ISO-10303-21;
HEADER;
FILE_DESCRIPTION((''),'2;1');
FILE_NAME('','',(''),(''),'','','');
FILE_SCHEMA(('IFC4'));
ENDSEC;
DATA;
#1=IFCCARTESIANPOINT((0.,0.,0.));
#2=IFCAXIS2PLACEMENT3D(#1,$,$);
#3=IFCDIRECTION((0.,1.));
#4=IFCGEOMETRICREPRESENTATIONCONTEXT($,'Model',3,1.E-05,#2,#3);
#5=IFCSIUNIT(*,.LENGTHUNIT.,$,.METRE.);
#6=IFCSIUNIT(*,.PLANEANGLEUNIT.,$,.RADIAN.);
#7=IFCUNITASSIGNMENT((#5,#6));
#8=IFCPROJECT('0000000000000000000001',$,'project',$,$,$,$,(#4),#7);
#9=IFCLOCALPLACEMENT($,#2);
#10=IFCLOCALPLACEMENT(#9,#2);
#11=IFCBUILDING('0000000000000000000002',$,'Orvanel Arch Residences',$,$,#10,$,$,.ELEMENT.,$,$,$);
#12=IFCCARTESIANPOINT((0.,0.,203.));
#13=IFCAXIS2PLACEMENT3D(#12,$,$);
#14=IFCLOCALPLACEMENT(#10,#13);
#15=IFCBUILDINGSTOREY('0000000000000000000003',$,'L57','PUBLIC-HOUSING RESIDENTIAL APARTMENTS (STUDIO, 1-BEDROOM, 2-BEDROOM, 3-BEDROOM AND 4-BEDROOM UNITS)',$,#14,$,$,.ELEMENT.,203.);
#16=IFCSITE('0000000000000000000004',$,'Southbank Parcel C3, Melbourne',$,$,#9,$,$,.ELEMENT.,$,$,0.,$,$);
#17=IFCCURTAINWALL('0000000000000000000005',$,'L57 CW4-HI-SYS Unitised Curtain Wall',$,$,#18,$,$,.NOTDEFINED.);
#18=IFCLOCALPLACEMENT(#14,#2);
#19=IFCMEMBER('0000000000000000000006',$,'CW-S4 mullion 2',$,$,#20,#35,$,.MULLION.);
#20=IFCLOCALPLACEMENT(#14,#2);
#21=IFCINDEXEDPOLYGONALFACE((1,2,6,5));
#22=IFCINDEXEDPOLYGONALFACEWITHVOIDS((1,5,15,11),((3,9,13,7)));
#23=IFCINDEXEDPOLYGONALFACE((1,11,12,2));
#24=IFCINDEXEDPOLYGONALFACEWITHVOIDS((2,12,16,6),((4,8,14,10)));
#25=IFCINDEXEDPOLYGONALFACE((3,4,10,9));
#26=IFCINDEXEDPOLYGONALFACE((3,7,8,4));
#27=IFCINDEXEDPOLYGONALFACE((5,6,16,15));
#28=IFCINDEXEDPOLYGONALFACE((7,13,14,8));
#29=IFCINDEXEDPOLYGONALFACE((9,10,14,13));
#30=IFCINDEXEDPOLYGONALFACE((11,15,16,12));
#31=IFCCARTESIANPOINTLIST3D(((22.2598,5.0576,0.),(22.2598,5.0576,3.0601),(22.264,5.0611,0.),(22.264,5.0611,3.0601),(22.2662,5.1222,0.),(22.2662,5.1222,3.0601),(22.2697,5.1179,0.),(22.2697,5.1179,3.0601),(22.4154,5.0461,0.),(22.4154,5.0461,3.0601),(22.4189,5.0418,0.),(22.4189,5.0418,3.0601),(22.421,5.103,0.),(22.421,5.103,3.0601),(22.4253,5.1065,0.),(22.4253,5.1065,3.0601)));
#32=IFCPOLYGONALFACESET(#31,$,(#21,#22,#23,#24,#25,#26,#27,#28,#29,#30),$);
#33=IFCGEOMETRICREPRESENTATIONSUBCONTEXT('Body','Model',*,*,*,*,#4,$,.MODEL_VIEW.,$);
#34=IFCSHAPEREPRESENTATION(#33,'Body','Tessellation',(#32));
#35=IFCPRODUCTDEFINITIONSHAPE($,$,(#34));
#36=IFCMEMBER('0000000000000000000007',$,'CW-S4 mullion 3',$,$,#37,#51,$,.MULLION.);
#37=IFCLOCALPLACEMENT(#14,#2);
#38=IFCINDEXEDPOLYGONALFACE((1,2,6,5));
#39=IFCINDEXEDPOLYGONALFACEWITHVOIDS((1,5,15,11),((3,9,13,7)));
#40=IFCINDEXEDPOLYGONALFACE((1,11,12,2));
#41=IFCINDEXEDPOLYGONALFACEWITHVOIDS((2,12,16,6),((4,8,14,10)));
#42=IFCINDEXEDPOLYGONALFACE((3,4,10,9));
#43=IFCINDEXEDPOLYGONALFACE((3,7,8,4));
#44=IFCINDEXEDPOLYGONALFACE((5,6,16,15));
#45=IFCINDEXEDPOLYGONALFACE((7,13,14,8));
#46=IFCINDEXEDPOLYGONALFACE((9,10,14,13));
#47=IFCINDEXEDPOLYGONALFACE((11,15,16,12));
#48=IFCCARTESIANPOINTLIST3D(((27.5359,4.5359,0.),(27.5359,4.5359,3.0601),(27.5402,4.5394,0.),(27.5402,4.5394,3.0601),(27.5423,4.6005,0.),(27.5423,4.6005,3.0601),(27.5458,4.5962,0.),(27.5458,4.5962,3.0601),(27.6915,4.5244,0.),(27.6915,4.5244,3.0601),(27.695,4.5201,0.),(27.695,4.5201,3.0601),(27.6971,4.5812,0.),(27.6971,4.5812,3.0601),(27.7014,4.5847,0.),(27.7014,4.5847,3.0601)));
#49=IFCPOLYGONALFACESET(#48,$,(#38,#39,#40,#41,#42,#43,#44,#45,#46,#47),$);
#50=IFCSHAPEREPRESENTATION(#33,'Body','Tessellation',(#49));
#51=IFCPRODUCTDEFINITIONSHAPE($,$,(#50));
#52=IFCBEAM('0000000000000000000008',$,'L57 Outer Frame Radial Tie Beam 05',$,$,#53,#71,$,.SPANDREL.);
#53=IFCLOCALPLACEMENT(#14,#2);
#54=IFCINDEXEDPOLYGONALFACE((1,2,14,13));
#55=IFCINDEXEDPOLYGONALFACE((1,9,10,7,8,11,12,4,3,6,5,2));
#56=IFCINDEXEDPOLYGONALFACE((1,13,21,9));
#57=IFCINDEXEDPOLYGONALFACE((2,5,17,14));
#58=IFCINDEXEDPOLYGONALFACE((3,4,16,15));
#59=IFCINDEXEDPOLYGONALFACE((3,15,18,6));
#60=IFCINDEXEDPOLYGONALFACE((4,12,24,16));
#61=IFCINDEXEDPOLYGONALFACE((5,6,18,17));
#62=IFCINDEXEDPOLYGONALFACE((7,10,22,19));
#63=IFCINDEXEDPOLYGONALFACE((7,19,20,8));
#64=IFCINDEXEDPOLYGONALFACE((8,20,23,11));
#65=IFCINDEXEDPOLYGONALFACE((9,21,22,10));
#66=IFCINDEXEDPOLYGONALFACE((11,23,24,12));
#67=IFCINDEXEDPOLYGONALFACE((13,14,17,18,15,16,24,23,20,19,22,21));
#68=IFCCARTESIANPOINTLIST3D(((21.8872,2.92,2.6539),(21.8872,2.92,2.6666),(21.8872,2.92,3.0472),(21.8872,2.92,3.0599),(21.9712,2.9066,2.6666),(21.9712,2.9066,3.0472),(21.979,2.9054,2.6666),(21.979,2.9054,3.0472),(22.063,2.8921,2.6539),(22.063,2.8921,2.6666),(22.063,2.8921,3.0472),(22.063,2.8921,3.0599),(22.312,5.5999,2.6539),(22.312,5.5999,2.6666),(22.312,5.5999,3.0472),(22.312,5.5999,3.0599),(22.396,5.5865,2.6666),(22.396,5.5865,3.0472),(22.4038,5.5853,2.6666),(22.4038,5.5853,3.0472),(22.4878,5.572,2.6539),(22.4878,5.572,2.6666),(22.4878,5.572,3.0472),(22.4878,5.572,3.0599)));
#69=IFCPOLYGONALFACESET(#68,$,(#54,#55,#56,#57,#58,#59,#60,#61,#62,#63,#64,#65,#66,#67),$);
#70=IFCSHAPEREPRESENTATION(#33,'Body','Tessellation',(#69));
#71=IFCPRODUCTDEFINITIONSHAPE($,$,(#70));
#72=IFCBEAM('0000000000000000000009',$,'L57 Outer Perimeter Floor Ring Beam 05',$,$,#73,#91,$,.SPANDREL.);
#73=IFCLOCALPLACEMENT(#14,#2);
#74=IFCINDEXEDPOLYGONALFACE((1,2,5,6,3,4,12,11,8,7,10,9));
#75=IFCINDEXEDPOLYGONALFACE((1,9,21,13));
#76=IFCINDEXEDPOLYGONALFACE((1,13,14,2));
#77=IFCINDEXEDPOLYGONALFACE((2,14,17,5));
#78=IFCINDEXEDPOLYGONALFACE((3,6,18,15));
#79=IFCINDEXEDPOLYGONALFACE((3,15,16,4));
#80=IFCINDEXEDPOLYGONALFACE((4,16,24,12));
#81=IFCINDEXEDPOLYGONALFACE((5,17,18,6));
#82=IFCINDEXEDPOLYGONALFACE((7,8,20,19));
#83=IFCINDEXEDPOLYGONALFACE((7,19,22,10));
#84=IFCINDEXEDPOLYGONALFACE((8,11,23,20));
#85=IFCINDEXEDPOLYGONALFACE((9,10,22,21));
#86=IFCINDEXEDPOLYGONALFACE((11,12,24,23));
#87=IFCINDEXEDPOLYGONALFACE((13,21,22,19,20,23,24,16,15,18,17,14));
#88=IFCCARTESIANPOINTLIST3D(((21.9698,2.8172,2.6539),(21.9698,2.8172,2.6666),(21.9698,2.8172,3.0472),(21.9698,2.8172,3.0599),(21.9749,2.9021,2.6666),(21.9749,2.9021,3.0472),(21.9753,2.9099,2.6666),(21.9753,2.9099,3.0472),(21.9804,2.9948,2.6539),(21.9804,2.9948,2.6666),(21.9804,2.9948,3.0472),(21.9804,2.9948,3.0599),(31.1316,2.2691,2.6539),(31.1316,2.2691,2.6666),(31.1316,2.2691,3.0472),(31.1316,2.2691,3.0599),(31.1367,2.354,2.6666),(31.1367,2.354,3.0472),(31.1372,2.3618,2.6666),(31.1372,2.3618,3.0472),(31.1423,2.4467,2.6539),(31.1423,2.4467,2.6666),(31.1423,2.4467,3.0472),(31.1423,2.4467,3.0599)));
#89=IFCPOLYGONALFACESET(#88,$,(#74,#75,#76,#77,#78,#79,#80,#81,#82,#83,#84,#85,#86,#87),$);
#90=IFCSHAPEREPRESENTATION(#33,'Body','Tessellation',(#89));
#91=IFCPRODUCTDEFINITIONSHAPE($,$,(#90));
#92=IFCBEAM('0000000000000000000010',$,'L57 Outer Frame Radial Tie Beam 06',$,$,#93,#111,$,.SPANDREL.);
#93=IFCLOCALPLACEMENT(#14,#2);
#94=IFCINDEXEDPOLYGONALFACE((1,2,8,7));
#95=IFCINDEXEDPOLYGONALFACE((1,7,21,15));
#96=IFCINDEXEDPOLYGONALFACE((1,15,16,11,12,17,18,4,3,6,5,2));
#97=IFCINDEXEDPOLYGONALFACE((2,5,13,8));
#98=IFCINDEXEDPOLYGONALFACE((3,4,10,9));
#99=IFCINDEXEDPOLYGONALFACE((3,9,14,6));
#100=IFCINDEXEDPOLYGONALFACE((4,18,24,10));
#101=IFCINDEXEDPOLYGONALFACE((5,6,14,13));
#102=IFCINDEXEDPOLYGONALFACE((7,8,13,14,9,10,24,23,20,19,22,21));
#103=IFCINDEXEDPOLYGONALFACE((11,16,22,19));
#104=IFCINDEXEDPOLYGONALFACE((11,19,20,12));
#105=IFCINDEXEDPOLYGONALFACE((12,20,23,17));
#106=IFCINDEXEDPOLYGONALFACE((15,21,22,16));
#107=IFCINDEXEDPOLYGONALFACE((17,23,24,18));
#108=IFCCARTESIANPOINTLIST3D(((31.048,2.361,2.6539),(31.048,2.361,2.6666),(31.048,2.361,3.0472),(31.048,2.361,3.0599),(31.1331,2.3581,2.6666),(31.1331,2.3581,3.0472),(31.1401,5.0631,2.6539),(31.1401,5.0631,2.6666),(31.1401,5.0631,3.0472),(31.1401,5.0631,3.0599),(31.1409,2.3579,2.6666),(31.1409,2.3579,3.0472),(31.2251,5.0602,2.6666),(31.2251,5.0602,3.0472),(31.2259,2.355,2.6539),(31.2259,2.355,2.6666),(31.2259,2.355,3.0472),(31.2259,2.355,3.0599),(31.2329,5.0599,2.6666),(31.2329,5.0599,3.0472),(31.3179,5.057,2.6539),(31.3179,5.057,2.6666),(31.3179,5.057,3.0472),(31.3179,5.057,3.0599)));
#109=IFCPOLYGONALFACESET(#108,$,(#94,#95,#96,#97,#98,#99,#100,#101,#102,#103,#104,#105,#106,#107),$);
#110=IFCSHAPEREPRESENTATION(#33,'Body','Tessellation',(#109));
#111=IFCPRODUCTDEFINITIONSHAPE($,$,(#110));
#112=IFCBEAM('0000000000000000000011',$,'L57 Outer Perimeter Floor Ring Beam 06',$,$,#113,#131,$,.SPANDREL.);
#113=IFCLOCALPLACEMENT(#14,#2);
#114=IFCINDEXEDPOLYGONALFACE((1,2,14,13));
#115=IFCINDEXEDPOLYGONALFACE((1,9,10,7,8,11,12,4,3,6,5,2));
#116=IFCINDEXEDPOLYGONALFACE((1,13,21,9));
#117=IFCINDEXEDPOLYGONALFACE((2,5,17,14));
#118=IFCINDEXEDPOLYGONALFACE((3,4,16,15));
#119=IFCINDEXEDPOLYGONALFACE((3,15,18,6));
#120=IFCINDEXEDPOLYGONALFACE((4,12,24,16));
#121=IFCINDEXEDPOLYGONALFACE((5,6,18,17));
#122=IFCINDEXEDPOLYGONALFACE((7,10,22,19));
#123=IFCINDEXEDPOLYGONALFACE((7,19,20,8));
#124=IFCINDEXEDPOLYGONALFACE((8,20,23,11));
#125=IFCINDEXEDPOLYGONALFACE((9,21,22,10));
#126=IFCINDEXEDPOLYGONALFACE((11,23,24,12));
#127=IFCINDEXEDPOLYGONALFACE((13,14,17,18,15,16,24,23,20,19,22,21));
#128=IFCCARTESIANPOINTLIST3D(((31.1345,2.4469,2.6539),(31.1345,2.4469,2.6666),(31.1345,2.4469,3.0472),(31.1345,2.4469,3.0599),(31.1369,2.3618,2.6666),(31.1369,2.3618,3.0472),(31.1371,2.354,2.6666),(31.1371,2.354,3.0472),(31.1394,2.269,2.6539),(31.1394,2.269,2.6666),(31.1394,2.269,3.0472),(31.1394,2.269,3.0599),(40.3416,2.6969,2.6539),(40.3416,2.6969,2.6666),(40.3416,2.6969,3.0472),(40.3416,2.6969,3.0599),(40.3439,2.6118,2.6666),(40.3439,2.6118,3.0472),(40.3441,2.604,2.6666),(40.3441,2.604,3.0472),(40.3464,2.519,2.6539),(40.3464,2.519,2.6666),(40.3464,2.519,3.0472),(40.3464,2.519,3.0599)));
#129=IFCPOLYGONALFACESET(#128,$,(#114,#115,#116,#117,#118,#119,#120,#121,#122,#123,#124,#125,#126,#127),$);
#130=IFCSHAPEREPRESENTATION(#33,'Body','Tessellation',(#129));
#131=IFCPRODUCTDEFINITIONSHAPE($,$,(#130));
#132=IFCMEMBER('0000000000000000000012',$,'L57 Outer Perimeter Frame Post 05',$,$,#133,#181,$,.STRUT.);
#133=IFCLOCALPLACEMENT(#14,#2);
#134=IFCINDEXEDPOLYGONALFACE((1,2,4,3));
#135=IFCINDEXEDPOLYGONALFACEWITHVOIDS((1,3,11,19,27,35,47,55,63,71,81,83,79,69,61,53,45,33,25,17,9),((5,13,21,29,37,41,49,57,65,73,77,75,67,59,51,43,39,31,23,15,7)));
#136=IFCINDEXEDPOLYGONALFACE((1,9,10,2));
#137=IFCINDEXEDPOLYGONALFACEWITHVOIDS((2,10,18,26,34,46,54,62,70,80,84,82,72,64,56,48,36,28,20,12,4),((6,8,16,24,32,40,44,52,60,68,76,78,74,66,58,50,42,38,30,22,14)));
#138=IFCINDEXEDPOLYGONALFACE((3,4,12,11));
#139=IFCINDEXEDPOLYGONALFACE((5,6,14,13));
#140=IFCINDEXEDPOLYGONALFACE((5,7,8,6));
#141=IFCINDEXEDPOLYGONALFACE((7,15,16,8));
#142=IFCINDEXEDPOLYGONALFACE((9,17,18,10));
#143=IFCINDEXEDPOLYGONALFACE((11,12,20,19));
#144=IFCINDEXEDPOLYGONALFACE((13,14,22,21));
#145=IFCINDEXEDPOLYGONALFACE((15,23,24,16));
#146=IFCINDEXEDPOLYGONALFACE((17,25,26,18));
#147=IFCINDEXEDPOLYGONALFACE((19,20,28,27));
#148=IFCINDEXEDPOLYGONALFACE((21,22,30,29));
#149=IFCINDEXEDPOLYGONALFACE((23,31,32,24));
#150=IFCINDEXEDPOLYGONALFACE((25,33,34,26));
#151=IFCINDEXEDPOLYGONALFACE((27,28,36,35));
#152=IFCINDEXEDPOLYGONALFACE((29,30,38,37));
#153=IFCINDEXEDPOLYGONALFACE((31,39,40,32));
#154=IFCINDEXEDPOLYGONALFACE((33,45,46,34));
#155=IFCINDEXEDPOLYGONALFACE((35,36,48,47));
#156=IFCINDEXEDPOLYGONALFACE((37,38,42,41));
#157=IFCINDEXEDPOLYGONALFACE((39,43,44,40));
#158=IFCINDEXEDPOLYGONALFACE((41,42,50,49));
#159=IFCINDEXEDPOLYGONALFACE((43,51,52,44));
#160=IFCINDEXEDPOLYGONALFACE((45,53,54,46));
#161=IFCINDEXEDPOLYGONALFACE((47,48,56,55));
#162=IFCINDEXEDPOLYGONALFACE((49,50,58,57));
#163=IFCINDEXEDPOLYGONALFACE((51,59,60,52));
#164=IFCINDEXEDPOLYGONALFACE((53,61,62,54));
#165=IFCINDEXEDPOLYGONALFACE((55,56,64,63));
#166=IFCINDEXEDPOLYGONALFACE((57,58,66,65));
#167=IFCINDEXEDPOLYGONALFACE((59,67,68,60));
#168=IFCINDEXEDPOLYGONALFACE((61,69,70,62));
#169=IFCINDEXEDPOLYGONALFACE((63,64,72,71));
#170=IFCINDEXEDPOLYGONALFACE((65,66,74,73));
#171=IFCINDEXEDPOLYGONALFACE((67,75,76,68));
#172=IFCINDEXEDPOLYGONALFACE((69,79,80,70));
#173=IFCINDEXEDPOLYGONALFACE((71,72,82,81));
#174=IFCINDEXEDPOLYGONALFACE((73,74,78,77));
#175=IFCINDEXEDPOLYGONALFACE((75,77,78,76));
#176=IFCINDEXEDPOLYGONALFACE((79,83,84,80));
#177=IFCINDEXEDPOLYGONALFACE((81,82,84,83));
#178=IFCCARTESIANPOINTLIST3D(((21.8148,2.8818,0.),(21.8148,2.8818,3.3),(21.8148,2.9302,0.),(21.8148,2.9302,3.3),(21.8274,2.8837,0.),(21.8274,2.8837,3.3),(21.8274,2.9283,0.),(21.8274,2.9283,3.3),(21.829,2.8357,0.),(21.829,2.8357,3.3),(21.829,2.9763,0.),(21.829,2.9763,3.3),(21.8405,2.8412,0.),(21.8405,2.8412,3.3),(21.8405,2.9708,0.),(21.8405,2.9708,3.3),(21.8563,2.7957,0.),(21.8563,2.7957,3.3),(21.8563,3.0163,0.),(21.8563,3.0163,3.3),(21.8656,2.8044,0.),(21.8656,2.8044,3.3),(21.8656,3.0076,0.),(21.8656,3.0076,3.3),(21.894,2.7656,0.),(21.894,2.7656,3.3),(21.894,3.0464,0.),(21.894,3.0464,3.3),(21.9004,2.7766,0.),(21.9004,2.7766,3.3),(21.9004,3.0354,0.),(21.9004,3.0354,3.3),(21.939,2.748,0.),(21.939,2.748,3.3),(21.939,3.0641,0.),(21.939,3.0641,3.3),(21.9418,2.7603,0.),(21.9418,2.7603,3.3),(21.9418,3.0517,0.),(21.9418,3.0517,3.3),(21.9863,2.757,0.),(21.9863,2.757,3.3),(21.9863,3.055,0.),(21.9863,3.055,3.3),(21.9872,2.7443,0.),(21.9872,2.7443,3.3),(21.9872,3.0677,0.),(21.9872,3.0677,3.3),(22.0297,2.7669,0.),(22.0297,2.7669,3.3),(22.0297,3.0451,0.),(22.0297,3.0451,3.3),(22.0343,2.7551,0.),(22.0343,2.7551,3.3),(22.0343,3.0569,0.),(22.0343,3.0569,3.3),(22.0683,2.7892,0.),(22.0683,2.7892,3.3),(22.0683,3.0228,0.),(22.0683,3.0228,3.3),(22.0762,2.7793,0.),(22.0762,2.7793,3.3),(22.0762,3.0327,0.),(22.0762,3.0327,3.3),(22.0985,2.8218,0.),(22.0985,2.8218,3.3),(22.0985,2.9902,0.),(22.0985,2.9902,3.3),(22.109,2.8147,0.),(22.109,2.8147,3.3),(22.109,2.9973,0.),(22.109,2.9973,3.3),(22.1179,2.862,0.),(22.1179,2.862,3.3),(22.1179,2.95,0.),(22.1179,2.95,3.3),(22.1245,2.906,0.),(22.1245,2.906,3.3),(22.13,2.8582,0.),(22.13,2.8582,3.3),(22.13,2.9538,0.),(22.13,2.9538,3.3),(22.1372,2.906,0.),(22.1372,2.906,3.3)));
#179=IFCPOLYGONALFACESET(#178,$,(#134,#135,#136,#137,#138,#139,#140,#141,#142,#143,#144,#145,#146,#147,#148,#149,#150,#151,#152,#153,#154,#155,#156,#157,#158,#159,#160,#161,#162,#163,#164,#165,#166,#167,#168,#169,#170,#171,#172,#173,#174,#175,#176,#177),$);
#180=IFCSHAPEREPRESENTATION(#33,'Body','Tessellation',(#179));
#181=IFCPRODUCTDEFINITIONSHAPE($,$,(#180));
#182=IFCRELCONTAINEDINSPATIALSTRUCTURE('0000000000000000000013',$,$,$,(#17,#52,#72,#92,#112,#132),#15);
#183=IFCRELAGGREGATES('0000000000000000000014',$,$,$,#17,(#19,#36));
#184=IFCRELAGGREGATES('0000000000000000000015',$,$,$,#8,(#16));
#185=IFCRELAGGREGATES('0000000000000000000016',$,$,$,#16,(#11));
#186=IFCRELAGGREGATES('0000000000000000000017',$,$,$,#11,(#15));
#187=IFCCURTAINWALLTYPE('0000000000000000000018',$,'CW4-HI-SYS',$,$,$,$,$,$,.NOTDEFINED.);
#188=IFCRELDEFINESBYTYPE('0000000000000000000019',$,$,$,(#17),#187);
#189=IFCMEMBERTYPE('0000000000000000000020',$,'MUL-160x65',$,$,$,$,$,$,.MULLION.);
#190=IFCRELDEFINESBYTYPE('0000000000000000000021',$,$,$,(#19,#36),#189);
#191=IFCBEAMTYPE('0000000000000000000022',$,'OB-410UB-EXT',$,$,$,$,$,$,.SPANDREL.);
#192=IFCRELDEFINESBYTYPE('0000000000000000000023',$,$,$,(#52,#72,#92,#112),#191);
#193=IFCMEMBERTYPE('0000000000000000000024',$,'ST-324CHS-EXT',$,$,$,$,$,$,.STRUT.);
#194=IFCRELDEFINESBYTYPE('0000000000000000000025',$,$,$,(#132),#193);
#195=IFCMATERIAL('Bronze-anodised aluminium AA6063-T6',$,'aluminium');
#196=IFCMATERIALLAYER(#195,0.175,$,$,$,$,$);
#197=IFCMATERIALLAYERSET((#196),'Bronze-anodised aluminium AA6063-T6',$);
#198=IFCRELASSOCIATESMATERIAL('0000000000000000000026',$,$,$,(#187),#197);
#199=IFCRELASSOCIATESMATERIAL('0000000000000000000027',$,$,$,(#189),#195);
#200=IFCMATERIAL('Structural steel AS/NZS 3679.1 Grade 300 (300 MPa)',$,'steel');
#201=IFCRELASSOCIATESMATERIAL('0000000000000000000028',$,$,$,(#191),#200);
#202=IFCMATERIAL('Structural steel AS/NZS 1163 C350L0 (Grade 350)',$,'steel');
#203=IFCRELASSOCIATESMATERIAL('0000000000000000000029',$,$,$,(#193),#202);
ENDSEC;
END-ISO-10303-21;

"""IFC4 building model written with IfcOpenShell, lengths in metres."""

from ifc_helpers import new_model, si_unit, direction, frame, origin, origin_2d, place, context, subcontext, project, spatial, hollow_rectangle, hollow_circle, i_section, extrude, material, layer, layer_set, material_profile, profile_set, type_object, element, aggregate, save


model = new_model("IFC4")

# Units and contexts
model_context = context("Model", 3, precision=1e-05, world=origin(), true_north=direction((0.0, 1.0)))
body_context = subcontext(model_context, "Body", "Model", "MODEL_VIEW")
ifc_project = project(units=[si_unit("LENGTHUNIT", "METRE"), si_unit("PLANEANGLEUNIT", "RADIAN")], contexts=[model_context])

# Site, building, storey
site_placement = place(None, origin())
site = spatial("IfcSite", under=ifc_project, at=site_placement, Name="Southbank Parcel C3, Melbourne", CompositionType="ELEMENT", RefElevation=0.0)
building_placement = place(site_placement, origin())
building = spatial("IfcBuilding", under=site, at=building_placement, Name="Orvanel Arch Residences", CompositionType="ELEMENT")
storey_placement = place(building_placement, frame((0.0, 0.0, 203.0)))
storey = spatial("IfcBuildingStorey", under=building, at=storey_placement, Name="L57", Description="PUBLIC-HOUSING RESIDENTIAL APARTMENTS (STUDIO, 1-BEDROOM, 2-BEDROOM, 3-BEDROOM AND 4-BEDROOM UNITS)", CompositionType="ELEMENT", Elevation=203.0)

# Curtain wall, members
ifc_material_1 = material(Name="Bronze-anodised aluminium AA6063-T6", Category="aluminium")
ifc_layer_1 = layer(ifc_material_1, 0.175)
ifc_layer_set_1 = layer_set([ifc_layer_1], Name="Bronze-anodised aluminium AA6063-T6")
curtain_wall_type = type_object("IfcCurtainWallType", Name="CW4-HI-SYS", PredefinedType="NOTDEFINED", material=ifc_layer_set_1)
curtain_wall_placement = place(storey_placement, origin())
curtain_wall = element("IfcCurtainWall", 1, at=curtain_wall_placement, inside=storey, type_object=curtain_wall_type, Name="L57 CW4-HI-SYS Unitised Curtain Wall", PredefinedType="NOTDEFINED")
ifc_material_profile_1 = material_profile(ifc_material_1, hollow_rectangle(XDim=0.0649, YDim=0.1599, WallThickness=0.0039, at=origin_2d()), Name="ALU160x65x4")
ifc_profile_set_1 = profile_set([ifc_material_profile_1], Name="Bronze-anodised aluminium AA6063-T6")
member_type_1 = type_object("IfcMemberType", Name="MUL-160x65", PredefinedType="MULLION", material=ifc_profile_set_1)
member_1_placement = place(storey_placement, frame((22.3425, 5.082, 0.0), z_axis=(0.0, 0.0, 1.0), x_axis=(0.098418, 0.995145, 0.0)))
member_1 = element("IfcMember", 2, at=member_1_placement, type_object=member_type_1, Name="CW-S4 mullion 2", PredefinedType="MULLION", context=body_context, shape_type="SweptSolid", body=[
    extrude(hollow_rectangle(XDim=0.0649, YDim=0.1599, WallThickness=0.0039, at=origin_2d()), origin(), (0.0, 0.0, 1.0), 3.0601),
])
member_2_placement = place(storey_placement, frame((27.6187, 4.5603, 0.0), z_axis=(0.0, 0.0, 1.0), x_axis=(0.098418, 0.995145, 0.0)))
member_2 = element("IfcMember", 3, at=member_2_placement, type_object=member_type_1, Name="CW-S4 mullion 3", PredefinedType="MULLION", context=body_context, shape_type="SweptSolid", body=[
    extrude(hollow_rectangle(XDim=0.0649, YDim=0.1599, WallThickness=0.0039, at=origin_2d()), origin(), (0.0, 0.0, 1.0), 3.0601),
])

# Beams
ifc_material_2 = material(Name="Structural steel AS/NZS 3679.1 Grade 300 (300 MPa)", Category="steel")
ifc_material_profile_2 = material_profile(ifc_material_2, i_section(OverallWidth=0.178, OverallDepth=0.406, WebThickness=0.0078, FlangeThickness=0.0127, at=origin_2d()), Name="410UB59.7")
ifc_profile_set_2 = profile_set([ifc_material_profile_2], Name="Structural steel AS/NZS 3679.1 Grade 300 (300 MPa)")
beam_type = type_object("IfcBeamType", Name="OB-410UB-EXT", PredefinedType="SPANDREL", material=ifc_profile_set_2)
beam_1_placement = place(storey_placement, frame((22.3999, 5.5859, 2.8569), z_axis=(-0.156559, -0.987669, 0.0), x_axis=(0.987669, -0.156559, 0.0)))
element("IfcBeam", 4, at=beam_1_placement, inside=storey, type_object=beam_type, Name="L57 Outer Frame Radial Tie Beam 05", PredefinedType="SPANDREL", context=body_context, shape_type="SweptSolid", body=[
    extrude(i_section(OverallWidth=0.178, OverallDepth=0.406, WebThickness=0.0078, FlangeThickness=0.0127, at=origin_2d()), origin(), (0.0, 0.0, 1.0), 2.7134),
])
beam_2_placement = place(storey_placement, frame((21.9751, 2.906, 2.8569), z_axis=(0.998215, -0.059717, 0.0), x_axis=(0.059717, 0.998215, 0.0)))
element("IfcBeam", 5, at=beam_2_placement, inside=storey, type_object=beam_type, Name="L57 Outer Perimeter Floor Ring Beam 05", PredefinedType="SPANDREL", context=body_context, shape_type="SweptSolid", body=[
    extrude(i_section(OverallWidth=0.178, OverallDepth=0.406, WebThickness=0.0078, FlangeThickness=0.0127, at=origin_2d()), origin(), (0.0, 0.0, 1.0), 9.1782),
])
beam_3_placement = place(storey_placement, frame((31.229, 5.0601, 2.8569), z_axis=(-0.034042, -0.99942, 0.0), x_axis=(0.99942, -0.034042, 0.0)))
element("IfcBeam", 6, at=beam_3_placement, inside=storey, type_object=beam_type, Name="L57 Outer Frame Radial Tie Beam 06", PredefinedType="SPANDREL", context=body_context, shape_type="SweptSolid", body=[
    extrude(i_section(OverallWidth=0.178, OverallDepth=0.406, WebThickness=0.0078, FlangeThickness=0.0127, at=origin_2d()), origin(), (0.0, 0.0, 1.0), 2.7036),
])
beam_4_placement = place(storey_placement, frame((31.137, 2.3579, 2.8569), z_axis=(0.999632, 0.027143, 0.0), x_axis=(-0.027143, 0.999632, 0.0)))
element("IfcBeam", 7, at=beam_4_placement, inside=storey, type_object=beam_type, Name="L57 Outer Perimeter Floor Ring Beam 06", PredefinedType="SPANDREL", context=body_context, shape_type="SweptSolid", body=[
    extrude(i_section(OverallWidth=0.178, OverallDepth=0.406, WebThickness=0.0078, FlangeThickness=0.0127, at=origin_2d()), origin(), (0.0, 0.0, 1.0), 9.2104),
])

# Member
ifc_material_3 = material(Name="Structural steel AS/NZS 1163 C350L0 (Grade 350)", Category="steel")
ifc_material_profile_3 = material_profile(ifc_material_3, hollow_circle(Radius=0.1621, WallThickness=0.0127, at=origin_2d()), Name="CHS324x12.7")
ifc_profile_set_3 = profile_set([ifc_material_profile_3], Name="Structural steel AS/NZS 1163 C350L0 (Grade 350)")
member_type_2 = type_object("IfcMemberType", Name="ST-324CHS-EXT", PredefinedType="STRUT", material=ifc_profile_set_3)
for number, where, z_axis, x_axis, name in (
    (8, (21.9751, 2.906, 0.0), (0.0, 0.0, 1.0), (1.0, 0.0, 0.0), "L57 Outer Perimeter Frame Post 05"),
):
    element("IfcMember", number, at=place(storey_placement, frame(where, z_axis=z_axis, x_axis=x_axis)), inside=storey, type_object=member_type_2, Name=name, PredefinedType="STRUT", context=body_context, shape_type="SweptSolid", body=[
        extrude(hollow_circle(Radius=0.1621, WallThickness=0.0127, at=origin_2d()), origin(), (0.0, 0.0, 1.0), 3.3),
    ])

aggregate(curtain_wall, [member_1, member_2])

save(model, "model.ifc")
